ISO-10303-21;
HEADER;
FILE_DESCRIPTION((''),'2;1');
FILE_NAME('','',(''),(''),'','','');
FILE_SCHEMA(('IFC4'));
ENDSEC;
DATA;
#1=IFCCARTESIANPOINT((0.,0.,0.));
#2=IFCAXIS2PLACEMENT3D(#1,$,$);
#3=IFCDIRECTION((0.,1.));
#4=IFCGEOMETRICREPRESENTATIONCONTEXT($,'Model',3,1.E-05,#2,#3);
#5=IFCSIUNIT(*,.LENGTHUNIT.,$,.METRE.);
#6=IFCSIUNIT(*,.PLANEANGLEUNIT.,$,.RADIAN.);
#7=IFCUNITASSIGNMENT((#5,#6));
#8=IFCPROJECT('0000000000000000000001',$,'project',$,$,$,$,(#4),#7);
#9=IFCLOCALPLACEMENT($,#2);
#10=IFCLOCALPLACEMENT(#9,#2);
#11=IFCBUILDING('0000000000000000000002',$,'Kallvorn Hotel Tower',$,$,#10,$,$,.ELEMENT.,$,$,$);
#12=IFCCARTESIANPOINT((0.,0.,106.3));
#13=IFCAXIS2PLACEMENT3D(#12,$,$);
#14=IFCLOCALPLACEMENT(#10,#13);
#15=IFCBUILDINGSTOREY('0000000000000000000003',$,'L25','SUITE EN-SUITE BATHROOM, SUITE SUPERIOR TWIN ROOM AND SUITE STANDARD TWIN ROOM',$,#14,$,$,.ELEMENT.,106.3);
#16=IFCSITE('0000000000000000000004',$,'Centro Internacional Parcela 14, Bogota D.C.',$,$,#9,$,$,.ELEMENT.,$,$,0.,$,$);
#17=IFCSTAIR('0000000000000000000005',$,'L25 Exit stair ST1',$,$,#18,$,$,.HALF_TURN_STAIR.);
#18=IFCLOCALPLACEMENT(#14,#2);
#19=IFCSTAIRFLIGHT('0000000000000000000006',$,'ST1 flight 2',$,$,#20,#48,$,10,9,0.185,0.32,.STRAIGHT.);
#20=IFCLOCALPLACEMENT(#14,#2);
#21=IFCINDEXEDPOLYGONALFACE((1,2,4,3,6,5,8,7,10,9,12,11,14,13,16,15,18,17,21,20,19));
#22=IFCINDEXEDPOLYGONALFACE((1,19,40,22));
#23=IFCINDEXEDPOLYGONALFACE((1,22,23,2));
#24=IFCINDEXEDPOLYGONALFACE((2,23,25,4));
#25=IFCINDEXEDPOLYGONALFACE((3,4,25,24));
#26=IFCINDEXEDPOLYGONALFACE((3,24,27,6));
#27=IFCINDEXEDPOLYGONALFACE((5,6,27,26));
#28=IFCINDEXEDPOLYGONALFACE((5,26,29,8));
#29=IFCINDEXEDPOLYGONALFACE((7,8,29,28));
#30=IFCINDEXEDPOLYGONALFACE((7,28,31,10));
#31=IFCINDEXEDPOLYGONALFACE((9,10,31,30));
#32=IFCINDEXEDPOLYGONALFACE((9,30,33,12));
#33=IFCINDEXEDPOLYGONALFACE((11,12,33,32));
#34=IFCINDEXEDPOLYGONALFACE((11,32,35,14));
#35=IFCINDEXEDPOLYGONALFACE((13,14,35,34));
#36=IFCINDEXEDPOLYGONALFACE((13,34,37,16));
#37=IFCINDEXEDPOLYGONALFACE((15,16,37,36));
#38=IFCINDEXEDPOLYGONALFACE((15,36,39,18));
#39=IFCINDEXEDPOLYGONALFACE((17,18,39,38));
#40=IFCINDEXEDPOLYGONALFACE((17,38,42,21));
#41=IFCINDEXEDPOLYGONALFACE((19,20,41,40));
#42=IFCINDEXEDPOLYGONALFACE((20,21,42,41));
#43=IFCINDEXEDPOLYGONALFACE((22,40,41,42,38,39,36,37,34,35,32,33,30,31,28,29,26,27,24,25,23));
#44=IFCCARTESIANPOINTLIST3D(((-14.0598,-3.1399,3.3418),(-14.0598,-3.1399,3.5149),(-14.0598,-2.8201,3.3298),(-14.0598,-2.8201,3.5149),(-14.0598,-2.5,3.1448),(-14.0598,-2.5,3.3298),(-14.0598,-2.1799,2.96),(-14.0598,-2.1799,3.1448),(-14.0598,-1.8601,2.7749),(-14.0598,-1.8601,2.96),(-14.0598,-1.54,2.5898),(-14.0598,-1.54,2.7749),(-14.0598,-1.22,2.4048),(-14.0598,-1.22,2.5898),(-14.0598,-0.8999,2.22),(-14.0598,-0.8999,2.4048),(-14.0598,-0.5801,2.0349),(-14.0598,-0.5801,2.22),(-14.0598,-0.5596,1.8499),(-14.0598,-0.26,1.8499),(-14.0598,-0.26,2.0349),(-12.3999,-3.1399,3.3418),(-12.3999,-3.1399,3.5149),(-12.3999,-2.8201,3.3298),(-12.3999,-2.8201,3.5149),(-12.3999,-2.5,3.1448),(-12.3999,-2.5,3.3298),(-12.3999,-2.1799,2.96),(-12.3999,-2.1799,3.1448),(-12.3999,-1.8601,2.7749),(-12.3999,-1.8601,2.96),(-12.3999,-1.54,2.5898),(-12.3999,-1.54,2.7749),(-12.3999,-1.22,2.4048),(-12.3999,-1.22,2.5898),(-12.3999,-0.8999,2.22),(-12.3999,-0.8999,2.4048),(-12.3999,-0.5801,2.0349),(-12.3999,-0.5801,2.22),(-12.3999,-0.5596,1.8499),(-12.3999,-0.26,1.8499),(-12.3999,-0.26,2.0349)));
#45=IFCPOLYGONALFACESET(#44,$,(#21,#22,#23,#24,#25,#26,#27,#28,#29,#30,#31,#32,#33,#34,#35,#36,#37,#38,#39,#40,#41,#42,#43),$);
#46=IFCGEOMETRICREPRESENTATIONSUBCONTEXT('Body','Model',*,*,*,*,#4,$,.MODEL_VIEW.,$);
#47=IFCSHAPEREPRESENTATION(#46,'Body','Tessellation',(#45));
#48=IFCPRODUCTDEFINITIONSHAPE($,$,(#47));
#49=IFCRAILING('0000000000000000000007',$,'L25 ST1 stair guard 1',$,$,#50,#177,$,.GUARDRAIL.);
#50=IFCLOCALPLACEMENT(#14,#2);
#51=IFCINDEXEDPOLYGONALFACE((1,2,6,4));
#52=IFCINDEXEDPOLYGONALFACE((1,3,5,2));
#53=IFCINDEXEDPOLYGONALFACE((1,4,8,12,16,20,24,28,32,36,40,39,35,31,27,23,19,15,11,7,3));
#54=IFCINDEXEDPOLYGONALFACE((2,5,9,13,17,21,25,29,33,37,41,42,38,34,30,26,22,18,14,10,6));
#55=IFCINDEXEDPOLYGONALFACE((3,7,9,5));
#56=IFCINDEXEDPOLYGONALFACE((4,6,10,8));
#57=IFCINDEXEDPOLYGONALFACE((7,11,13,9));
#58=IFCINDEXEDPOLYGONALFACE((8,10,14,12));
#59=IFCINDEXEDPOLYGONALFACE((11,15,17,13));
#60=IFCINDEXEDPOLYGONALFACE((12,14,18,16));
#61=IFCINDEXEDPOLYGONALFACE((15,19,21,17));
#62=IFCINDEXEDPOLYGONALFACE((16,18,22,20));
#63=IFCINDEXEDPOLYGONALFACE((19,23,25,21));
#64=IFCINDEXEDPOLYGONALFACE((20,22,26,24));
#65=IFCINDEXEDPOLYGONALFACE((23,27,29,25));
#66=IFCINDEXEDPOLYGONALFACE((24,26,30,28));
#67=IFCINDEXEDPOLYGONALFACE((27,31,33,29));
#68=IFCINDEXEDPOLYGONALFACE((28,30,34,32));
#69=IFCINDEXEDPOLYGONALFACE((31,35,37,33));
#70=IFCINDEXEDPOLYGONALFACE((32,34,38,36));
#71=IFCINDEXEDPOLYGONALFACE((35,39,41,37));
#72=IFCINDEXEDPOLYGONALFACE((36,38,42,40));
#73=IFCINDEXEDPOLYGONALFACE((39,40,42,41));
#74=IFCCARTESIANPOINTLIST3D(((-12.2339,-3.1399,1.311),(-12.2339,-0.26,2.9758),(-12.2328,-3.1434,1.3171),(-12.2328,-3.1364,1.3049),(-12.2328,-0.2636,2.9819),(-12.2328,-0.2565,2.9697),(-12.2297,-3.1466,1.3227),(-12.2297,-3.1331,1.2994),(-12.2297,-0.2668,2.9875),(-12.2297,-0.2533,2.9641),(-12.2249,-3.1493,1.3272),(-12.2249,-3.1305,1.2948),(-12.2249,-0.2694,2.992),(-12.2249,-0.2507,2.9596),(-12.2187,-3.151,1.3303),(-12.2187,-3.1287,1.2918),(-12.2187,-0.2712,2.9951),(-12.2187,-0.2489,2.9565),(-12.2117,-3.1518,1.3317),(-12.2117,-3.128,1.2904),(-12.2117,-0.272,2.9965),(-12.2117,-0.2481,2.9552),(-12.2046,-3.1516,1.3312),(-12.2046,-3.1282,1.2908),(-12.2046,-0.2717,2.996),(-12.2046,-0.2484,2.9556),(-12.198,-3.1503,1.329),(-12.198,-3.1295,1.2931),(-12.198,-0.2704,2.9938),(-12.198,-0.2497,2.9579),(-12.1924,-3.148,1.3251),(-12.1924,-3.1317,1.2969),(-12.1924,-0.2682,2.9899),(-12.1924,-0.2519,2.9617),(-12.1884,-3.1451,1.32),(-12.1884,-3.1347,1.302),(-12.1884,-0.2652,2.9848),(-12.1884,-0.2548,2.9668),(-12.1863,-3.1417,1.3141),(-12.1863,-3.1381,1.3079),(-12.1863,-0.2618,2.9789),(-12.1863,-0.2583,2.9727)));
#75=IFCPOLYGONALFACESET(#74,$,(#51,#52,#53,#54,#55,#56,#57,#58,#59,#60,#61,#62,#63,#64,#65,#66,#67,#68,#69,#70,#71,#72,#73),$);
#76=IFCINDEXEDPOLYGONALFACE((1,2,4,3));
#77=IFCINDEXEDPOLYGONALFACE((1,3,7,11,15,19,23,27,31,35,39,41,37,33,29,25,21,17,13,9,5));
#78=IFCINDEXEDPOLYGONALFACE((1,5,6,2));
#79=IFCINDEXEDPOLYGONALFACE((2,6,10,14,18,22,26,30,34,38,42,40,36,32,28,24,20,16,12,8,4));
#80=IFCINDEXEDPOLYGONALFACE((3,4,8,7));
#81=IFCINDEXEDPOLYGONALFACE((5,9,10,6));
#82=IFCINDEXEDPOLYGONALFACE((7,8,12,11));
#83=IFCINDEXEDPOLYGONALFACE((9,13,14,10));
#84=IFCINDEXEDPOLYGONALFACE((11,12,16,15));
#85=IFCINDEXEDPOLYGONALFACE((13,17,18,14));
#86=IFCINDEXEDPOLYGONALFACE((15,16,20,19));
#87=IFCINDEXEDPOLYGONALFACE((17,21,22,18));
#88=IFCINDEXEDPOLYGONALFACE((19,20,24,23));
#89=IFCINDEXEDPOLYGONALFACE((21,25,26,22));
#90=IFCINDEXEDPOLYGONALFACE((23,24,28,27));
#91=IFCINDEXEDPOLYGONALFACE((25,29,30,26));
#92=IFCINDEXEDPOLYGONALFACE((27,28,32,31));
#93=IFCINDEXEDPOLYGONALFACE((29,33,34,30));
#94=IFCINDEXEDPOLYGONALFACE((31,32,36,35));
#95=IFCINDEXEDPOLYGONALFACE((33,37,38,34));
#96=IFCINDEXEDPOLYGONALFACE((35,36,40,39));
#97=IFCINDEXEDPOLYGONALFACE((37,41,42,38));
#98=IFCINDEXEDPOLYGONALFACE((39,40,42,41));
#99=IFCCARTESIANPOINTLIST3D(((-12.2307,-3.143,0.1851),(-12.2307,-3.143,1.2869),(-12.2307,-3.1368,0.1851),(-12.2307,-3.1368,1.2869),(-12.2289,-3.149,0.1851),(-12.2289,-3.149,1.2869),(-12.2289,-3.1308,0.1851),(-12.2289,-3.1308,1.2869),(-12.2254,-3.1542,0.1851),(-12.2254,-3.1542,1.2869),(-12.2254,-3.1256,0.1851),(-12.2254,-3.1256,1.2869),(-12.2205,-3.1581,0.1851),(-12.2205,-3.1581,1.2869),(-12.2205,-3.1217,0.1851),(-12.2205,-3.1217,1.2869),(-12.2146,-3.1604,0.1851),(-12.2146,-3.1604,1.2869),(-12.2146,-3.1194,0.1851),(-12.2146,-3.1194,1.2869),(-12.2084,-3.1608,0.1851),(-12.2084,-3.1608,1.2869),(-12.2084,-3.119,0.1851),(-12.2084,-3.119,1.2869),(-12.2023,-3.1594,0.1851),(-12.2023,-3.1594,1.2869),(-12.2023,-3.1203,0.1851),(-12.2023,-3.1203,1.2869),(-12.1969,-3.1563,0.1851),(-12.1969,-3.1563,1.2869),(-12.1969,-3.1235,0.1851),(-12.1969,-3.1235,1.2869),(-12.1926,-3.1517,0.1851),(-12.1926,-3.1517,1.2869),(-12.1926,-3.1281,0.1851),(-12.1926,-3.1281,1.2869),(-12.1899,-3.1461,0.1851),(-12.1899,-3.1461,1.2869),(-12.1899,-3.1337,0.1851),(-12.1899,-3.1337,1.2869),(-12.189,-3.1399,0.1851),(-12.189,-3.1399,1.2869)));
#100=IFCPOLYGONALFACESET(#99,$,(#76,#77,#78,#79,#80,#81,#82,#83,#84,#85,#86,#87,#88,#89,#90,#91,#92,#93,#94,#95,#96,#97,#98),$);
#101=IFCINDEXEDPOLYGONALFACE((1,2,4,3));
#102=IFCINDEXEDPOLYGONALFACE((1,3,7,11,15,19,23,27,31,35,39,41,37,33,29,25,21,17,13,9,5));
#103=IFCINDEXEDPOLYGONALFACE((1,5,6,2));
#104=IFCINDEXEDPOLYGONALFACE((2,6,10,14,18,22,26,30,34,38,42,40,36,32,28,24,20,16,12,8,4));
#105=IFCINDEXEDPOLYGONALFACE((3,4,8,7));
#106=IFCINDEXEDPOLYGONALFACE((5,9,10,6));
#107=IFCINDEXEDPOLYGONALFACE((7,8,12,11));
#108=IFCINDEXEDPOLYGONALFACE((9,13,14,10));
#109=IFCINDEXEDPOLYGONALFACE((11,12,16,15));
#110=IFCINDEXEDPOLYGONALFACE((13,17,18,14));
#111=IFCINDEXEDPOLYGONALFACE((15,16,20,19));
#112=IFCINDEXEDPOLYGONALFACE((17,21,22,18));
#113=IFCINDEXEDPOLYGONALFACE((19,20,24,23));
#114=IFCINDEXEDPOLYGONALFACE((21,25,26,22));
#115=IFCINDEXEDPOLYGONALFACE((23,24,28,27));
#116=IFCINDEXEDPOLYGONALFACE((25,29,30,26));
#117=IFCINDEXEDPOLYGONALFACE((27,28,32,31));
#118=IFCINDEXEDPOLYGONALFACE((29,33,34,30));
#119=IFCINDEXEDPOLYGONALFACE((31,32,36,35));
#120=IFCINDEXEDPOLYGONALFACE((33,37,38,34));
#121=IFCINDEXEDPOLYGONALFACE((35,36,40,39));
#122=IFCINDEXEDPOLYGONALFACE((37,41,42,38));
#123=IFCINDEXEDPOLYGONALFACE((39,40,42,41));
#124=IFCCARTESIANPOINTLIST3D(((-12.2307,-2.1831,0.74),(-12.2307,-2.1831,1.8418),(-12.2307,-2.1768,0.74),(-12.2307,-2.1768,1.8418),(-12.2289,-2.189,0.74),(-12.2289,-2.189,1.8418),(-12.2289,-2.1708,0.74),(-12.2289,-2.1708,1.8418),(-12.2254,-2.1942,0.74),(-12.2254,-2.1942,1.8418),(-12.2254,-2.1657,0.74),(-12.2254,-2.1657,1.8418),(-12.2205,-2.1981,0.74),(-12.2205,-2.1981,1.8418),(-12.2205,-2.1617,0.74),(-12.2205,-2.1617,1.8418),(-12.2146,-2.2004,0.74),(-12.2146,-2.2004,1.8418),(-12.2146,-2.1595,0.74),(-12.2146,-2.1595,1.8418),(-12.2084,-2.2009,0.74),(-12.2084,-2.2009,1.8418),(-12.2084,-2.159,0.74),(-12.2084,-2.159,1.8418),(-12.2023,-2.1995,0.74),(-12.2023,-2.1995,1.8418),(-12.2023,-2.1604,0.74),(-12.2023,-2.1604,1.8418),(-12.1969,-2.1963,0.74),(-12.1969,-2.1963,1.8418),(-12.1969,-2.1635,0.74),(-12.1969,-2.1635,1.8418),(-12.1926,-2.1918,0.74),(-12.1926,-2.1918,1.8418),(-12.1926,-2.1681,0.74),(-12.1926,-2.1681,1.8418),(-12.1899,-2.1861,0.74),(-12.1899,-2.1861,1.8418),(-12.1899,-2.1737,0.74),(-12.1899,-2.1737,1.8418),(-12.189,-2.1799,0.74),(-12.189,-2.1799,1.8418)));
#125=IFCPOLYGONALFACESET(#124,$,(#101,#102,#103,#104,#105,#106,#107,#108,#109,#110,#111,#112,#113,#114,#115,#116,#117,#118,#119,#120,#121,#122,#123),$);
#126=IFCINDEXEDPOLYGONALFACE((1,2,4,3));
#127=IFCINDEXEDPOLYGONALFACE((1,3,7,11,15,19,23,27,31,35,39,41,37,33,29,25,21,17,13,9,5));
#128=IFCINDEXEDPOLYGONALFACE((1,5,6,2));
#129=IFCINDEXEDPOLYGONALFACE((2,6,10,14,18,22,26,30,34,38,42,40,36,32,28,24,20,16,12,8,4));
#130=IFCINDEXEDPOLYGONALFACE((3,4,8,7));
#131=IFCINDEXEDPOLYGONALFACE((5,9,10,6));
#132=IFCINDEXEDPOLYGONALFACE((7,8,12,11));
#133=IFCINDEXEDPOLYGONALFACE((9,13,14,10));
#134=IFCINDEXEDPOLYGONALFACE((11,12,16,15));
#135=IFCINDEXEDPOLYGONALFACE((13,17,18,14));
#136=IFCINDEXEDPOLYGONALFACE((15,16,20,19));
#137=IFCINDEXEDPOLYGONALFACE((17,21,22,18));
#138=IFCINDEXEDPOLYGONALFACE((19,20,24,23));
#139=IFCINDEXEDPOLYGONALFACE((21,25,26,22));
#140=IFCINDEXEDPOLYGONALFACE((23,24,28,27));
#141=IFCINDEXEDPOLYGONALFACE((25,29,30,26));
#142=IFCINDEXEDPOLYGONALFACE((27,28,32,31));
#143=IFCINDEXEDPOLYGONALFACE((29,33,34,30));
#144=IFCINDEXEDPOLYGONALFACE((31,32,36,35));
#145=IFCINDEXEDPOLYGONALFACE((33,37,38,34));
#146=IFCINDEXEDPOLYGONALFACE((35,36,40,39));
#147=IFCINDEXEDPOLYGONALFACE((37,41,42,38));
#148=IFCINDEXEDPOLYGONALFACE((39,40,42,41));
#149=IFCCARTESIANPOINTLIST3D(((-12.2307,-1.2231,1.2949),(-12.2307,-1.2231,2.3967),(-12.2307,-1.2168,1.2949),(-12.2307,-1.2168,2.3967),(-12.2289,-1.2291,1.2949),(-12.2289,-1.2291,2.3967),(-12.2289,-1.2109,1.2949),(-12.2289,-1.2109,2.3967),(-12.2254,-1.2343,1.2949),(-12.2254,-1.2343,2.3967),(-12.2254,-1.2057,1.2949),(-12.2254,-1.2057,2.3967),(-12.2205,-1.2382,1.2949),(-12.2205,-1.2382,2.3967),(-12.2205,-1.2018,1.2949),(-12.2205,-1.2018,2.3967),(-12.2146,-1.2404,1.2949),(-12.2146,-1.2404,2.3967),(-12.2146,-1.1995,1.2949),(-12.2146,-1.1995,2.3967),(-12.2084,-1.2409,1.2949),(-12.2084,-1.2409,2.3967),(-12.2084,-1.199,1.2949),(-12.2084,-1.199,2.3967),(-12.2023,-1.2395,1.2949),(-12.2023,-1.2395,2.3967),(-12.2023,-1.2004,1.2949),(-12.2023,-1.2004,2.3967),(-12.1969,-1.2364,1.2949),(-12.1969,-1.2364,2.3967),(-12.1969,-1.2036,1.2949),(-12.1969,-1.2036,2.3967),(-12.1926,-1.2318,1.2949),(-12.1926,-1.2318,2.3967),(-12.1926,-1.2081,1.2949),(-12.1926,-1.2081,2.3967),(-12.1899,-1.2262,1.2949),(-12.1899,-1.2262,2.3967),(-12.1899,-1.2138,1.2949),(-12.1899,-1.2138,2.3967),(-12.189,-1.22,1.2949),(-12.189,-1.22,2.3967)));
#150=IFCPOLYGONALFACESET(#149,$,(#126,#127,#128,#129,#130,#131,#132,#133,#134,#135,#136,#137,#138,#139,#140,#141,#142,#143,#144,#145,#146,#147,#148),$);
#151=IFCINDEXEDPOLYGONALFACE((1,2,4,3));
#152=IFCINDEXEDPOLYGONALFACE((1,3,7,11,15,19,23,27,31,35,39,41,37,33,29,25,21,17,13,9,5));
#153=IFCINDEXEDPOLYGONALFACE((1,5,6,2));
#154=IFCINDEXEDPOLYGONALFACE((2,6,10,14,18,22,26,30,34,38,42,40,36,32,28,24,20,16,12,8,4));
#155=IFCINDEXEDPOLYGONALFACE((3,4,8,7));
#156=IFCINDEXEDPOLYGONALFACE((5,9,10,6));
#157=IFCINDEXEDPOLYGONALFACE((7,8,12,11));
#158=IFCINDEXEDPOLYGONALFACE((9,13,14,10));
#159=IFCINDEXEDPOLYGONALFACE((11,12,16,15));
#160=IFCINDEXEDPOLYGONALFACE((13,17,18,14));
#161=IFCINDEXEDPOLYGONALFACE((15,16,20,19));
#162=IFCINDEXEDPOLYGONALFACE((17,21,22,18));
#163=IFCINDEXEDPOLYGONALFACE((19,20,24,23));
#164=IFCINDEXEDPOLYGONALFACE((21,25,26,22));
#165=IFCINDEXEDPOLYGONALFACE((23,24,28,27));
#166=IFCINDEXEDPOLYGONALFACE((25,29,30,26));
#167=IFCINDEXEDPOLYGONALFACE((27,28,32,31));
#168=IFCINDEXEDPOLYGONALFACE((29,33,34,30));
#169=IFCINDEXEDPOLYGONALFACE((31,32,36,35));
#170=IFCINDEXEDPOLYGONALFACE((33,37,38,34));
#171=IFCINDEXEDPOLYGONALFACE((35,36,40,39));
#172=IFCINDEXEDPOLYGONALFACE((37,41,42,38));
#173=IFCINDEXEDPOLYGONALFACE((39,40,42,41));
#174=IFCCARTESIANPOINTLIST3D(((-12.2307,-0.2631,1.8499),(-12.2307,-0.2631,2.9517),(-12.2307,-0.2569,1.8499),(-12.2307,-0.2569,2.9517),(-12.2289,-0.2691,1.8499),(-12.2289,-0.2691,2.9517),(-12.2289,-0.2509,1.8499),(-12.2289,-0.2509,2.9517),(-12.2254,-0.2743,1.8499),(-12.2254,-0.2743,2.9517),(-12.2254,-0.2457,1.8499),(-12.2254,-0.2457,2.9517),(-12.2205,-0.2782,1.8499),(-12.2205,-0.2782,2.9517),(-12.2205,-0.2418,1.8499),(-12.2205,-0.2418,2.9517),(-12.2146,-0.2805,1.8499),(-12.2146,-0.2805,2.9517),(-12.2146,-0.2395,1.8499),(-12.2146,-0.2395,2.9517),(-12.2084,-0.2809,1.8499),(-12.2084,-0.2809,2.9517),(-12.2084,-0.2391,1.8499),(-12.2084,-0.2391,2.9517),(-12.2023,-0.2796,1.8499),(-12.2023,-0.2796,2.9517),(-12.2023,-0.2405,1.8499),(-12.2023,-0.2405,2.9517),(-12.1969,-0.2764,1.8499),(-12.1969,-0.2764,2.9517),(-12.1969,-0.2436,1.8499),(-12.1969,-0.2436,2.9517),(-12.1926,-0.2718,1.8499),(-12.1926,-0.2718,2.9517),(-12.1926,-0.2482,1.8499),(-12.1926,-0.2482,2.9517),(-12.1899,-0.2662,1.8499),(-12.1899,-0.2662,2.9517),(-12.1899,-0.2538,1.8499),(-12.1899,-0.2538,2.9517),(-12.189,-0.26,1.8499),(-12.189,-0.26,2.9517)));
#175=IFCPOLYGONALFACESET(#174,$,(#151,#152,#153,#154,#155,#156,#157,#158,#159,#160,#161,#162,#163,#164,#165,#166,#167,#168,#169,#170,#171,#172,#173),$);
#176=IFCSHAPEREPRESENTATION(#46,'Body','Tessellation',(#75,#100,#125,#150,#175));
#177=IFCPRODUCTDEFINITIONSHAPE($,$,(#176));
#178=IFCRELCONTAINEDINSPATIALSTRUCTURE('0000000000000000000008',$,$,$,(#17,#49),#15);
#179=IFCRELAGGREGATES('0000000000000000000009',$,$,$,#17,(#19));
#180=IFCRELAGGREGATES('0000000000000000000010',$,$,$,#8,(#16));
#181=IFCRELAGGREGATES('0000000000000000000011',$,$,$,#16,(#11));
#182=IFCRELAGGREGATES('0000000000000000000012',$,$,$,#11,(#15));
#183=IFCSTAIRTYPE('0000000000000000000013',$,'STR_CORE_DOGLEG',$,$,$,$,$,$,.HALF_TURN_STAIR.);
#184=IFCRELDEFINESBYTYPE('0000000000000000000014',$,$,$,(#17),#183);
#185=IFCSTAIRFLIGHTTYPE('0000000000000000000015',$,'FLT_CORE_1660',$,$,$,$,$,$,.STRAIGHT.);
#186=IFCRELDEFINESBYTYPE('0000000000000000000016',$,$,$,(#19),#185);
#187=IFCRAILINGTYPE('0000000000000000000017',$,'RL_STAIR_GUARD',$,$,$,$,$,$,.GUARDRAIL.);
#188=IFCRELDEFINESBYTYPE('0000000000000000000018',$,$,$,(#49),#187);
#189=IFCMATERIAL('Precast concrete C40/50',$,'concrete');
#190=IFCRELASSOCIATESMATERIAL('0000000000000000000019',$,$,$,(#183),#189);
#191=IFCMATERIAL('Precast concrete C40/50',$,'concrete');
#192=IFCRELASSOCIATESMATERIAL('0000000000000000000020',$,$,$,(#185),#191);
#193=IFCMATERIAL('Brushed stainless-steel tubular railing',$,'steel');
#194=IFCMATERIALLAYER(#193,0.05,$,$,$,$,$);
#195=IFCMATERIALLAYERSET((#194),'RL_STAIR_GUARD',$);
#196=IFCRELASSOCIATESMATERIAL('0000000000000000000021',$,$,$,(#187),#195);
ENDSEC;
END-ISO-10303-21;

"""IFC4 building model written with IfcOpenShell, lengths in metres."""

from ifc_helpers import new_model, si_unit, direction, frame, origin, origin_2d, place, context, subcontext, project, spatial, polyline, circle, outline, extrude, material, layer, layer_set, type_object, element, aggregate, save


model = new_model("IFC4")

# Units and contexts
model_context = context("Model", 3, precision=1e-05, world=origin(), true_north=direction((0.0, 1.0)))
body_context = subcontext(model_context, "Body", "Model", "MODEL_VIEW")
ifc_project = project(units=[si_unit("LENGTHUNIT", "METRE"), si_unit("PLANEANGLEUNIT", "RADIAN")], contexts=[model_context])

# Site, building, storey
site_placement = place(None, origin())
site = spatial("IfcSite", under=ifc_project, at=site_placement, Name="Centro Internacional Parcela 14, Bogota D.C.", CompositionType="ELEMENT", RefElevation=0.0)
building_placement = place(site_placement, origin())
building = spatial("IfcBuilding", under=site, at=building_placement, Name="Kallvorn Hotel Tower", CompositionType="ELEMENT")
storey_placement = place(building_placement, frame((0.0, 0.0, 106.3)))
storey = spatial("IfcBuildingStorey", under=building, at=storey_placement, Name="L25", Description="SUITE EN-SUITE BATHROOM, SUITE SUPERIOR TWIN ROOM AND SUITE STANDARD TWIN ROOM", CompositionType="ELEMENT", Elevation=106.3)

# Stair, stair flight
ifc_material_1 = material(Name="Precast concrete C40/50", Category="concrete")
stair_type = type_object("IfcStairType", Name="STR_CORE_DOGLEG", PredefinedType="HALF_TURN_STAIR", material=ifc_material_1)
stair_placement = place(storey_placement, origin())
stair = element("IfcStair", 1, at=stair_placement, inside=storey, type_object=stair_type, Name="L25 Exit stair ST1", PredefinedType="HALF_TURN_STAIR")
ifc_material_2 = material(Name="Precast concrete C40/50", Category="concrete")
stair_flight_type = type_object("IfcStairFlightType", Name="FLT_CORE_1660", PredefinedType="STRAIGHT", material=ifc_material_2)
stair_flight_1_placement = place(storey_placement, frame((-13.23, -0.26, 1.8499), z_axis=(0.0, 0.0, 1.0), x_axis=(0.0, -1.0, 0.0)))
stair_flight_1 = element("IfcStairFlight", 2, at=stair_flight_1_placement, type_object=stair_flight_type, Name="ST1 flight 2", NumberOfRisers=10, NumberOfTreads=9, PredefinedType="STRAIGHT", RiserHeight=0.185, TreadLength=0.32, context=body_context, shape_type="SweptSolid", body=[
    extrude(outline(polyline([(0.0, 0.0), (0.0, 0.1851), (0.3201, 0.1851), (0.3201, 0.3701), (0.6399, 0.3701), (0.6399, 0.5549), (0.96, 0.5549), (0.96, 0.74), (1.28, 0.74), (1.28, 0.925), (1.6001, 0.925), (1.6001, 1.1101), (1.9199, 1.1101), (1.9199, 1.2949), (2.24, 1.2949), (2.24, 1.48), (2.5601, 1.48), (2.5601, 1.665), (2.8799, 1.665), (2.8799, 1.8501), (2.8799, 1.4919), (0.2996, 0.0), (0.0, 0.0)])), frame((0.0, 0.8301, 0.0), z_axis=(0.0, -1.0, 0.0), x_axis=(1.0, 0.0, 0.0)), (0.0, 0.0, 1.0), 1.6599),
])
aggregate(stair, [stair_flight_1])

# Railing
ifc_material_3 = material(Name="Brushed stainless-steel tubular railing", Category="steel")
ifc_layer_1 = layer(ifc_material_3, 0.05)
ifc_layer_set_1 = layer_set([ifc_layer_1], Name="RL_STAIR_GUARD")
railing_type_1 = type_object("IfcRailingType", Name="RL_STAIR_GUARD", PredefinedType="GUARDRAIL", material=ifc_layer_set_1)
railing_1_placement = place(storey_placement, frame((-12.21, -3.1399, 0.1851)))
element("IfcRailing", 3, at=railing_1_placement, inside=storey, type_object=railing_type_1, Name="L25 ST1 stair guard 1", PredefinedType="GUARDRAIL", context=body_context, shape_type="SweptSolid", body=[
    extrude(circle(Radius=0.0239, at=origin_2d()), frame((0.0, 0.0, 1.126), z_axis=(0.0, 0.865753, 0.500472), x_axis=(-1.0, 0.0, 0.0)), (0.0, 0.0, 1.0), 3.3264),
    extrude(circle(Radius=0.021, at=origin_2d()), origin(), (0.0, 0.0, 1.0), 1.1018),
    extrude(circle(Radius=0.021, at=origin_2d()), frame((0.0, 0.96, 0.5549)), (0.0, 0.0, 1.0), 1.1018),
    extrude(circle(Radius=0.021, at=origin_2d()), frame((0.0, 1.9199, 1.1099)), (0.0, 0.0, 1.0), 1.1018),
    extrude(circle(Radius=0.021, at=origin_2d()), frame((0.0, 2.8799, 1.6648)), (0.0, 0.0, 1.0), 1.1018),
])

save(model, "model.ifc")
